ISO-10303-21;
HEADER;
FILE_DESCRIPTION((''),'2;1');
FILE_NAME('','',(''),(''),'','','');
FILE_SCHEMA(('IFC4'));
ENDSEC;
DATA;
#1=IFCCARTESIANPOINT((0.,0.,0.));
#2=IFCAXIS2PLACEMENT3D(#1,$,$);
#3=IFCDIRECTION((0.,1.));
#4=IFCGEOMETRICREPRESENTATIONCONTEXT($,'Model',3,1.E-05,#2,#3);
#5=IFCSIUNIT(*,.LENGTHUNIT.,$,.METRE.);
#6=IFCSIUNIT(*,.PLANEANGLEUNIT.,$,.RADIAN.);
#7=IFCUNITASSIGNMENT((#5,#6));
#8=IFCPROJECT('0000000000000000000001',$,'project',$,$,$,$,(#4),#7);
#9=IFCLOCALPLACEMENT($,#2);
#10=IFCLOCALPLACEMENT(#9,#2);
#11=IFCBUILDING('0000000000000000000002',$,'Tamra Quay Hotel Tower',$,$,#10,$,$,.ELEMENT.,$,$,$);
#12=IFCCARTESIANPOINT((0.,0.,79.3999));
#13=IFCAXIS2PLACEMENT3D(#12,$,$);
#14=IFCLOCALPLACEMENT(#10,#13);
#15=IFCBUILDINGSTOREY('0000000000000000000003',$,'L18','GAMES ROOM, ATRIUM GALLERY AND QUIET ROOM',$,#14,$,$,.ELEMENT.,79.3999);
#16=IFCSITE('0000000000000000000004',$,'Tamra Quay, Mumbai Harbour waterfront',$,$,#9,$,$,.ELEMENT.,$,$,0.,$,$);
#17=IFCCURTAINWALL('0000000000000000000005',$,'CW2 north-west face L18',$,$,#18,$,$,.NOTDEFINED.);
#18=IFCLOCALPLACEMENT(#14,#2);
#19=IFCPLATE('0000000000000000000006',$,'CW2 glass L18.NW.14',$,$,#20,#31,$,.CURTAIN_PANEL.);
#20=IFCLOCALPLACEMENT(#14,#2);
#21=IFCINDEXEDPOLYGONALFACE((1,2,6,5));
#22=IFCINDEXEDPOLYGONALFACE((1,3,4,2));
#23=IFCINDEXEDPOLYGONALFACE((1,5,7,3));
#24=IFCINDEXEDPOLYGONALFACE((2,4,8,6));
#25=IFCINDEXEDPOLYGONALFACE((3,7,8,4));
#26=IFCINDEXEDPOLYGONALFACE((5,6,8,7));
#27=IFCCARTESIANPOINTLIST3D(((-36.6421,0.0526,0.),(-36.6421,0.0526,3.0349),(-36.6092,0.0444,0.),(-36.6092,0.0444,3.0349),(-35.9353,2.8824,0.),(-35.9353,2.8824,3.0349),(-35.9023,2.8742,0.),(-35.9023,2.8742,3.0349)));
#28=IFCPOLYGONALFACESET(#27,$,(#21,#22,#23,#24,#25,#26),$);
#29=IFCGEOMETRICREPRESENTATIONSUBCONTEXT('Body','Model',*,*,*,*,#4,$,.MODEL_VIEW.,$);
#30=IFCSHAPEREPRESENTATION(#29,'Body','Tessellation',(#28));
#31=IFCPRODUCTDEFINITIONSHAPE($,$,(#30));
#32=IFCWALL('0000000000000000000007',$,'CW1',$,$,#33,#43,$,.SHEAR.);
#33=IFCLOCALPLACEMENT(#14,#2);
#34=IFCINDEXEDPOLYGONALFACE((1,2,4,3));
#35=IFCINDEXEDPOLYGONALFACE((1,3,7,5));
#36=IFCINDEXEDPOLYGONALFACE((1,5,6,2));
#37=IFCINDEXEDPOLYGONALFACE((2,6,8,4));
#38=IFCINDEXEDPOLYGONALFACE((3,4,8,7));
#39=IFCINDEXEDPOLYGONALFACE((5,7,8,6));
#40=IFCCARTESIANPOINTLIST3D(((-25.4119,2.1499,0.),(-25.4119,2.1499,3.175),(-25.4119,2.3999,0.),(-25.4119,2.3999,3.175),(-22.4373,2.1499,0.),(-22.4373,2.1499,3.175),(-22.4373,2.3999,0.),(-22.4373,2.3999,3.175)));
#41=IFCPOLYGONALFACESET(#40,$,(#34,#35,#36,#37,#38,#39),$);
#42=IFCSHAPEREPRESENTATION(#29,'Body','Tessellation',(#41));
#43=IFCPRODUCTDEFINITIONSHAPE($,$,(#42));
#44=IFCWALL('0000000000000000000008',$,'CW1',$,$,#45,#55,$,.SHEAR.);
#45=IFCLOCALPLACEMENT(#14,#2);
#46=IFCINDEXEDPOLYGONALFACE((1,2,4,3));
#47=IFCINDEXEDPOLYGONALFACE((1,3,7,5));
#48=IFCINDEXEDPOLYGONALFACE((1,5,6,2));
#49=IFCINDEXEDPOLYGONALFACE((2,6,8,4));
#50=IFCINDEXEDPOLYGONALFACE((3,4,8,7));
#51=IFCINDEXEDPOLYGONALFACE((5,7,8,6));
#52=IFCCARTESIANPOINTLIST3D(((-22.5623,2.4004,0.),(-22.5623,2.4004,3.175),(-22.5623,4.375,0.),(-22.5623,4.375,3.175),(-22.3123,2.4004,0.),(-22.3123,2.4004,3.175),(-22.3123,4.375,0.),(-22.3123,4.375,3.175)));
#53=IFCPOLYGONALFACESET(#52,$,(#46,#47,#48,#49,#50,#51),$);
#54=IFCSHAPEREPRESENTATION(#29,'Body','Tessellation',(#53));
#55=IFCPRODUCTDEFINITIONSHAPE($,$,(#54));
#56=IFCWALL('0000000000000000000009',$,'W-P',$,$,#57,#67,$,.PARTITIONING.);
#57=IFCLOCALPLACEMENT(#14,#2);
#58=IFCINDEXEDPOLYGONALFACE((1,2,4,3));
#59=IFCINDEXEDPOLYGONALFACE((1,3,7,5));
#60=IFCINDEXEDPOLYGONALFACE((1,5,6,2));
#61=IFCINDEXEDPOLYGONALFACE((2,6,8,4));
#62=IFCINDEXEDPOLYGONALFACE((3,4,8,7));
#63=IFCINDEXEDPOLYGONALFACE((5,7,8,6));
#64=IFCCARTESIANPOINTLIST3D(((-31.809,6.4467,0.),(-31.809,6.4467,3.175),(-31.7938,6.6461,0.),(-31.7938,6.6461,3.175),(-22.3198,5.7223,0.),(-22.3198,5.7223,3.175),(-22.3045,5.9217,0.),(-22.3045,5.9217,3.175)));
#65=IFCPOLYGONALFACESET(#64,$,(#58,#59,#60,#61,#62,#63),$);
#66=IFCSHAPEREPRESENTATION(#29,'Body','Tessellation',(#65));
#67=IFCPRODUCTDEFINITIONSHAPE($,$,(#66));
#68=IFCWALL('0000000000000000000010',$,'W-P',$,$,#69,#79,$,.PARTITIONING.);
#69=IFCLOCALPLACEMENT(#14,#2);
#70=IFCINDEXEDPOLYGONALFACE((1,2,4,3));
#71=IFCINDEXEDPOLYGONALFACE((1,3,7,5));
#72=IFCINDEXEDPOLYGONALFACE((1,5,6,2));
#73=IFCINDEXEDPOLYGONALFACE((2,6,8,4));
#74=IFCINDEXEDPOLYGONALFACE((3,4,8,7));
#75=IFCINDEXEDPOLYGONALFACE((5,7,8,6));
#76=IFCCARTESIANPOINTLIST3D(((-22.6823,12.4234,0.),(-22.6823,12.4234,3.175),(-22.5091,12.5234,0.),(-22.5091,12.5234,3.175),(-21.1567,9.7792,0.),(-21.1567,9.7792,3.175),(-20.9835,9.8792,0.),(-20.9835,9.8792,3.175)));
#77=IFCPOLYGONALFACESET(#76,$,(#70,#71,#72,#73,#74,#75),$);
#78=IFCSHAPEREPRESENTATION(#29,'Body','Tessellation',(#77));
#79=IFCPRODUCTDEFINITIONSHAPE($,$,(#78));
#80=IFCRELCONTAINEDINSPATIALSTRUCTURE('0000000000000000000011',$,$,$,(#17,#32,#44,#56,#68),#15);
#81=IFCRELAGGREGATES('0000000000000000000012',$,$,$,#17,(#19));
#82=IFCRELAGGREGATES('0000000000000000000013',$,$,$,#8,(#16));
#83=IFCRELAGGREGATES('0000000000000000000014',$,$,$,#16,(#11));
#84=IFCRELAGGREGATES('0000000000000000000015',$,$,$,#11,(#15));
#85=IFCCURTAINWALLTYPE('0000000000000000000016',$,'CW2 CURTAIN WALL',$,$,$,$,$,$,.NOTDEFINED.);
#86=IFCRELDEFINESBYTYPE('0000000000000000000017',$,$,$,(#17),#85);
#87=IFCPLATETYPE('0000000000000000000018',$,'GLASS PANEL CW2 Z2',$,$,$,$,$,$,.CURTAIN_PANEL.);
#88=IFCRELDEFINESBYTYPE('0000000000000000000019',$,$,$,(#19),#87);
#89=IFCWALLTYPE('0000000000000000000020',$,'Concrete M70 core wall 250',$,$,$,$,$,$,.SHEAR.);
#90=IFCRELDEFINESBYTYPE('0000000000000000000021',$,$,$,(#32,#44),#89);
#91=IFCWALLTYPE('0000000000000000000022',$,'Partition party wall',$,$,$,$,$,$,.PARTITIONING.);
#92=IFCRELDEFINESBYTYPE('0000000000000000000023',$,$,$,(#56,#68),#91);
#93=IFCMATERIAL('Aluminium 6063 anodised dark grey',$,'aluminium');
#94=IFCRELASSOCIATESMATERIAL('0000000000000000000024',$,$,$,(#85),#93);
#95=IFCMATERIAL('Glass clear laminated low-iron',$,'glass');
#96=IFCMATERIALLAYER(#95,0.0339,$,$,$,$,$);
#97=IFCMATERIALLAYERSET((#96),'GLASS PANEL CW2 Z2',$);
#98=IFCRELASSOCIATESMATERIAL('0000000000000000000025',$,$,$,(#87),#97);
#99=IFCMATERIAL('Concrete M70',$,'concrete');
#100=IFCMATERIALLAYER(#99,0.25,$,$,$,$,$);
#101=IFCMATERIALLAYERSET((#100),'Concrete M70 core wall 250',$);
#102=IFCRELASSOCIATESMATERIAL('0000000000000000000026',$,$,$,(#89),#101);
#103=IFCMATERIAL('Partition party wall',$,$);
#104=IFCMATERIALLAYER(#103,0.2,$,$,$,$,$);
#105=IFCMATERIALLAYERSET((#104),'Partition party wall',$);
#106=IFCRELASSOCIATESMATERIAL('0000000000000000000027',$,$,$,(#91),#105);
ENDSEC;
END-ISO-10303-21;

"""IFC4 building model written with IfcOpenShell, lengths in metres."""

from ifc_helpers import new_model, si_unit, direction, frame, frame_2d, origin, origin_2d, place, context, subcontext, project, spatial, rectangle, extrude, material, layer, layer_set, type_object, element, aggregate, save


model = new_model("IFC4")

# Units and contexts
model_context = context("Model", 3, precision=1e-05, world=origin(), true_north=direction((0.0, 1.0)))
body_context = subcontext(model_context, "Body", "Model", "MODEL_VIEW")
ifc_project = project(units=[si_unit("LENGTHUNIT", "METRE"), si_unit("PLANEANGLEUNIT", "RADIAN")], contexts=[model_context])

# Site, building, storey
site_placement = place(None, origin())
site = spatial("IfcSite", under=ifc_project, at=site_placement, Name="Tamra Quay, Mumbai Harbour waterfront", CompositionType="ELEMENT", RefElevation=0.0)
building_placement = place(site_placement, origin())
building = spatial("IfcBuilding", under=site, at=building_placement, Name="Tamra Quay Hotel Tower", CompositionType="ELEMENT")
storey_placement = place(building_placement, frame((0.0, 0.0, 79.3999)))
storey = spatial("IfcBuildingStorey", under=building, at=storey_placement, Name="L18", Description="GAMES ROOM, ATRIUM GALLERY AND QUIET ROOM", CompositionType="ELEMENT", Elevation=79.3999)

# Shared definitions
ifc_material_1 = material(Name="Concrete M70", Category="concrete")

# Curtain wall, plate
ifc_material_2 = material(Name="Aluminium 6063 anodised dark grey", Category="aluminium")
curtain_wall_type = type_object("IfcCurtainWallType", Name="CW2 CURTAIN WALL", PredefinedType="NOTDEFINED", material=ifc_material_2)
curtain_wall_placement = place(storey_placement, origin())
curtain_wall = element("IfcCurtainWall", 1, at=curtain_wall_placement, inside=storey, type_object=curtain_wall_type, Name="CW2 north-west face L18", PredefinedType="NOTDEFINED")
ifc_material_3 = material(Name="Glass clear laminated low-iron", Category="glass")
ifc_layer_1 = layer(ifc_material_3, 0.0339)
ifc_layer_set_1 = layer_set([ifc_layer_1], Name="GLASS PANEL CW2 Z2")
plate_type = type_object("IfcPlateType", Name="GLASS PANEL CW2 Z2", PredefinedType="CURTAIN_PANEL", material=ifc_layer_set_1)
plate_1_placement = place(storey_placement, frame((-36.2722, 1.4634, 0.0), z_axis=(0.0, 0.0, 1.0), x_axis=(-0.242339, -0.970192, 0.0)))
plate_1 = element("IfcPlate", 2, at=plate_1_placement, type_object=plate_type, Name="CW2 glass L18.NW.14", PredefinedType="CURTAIN_PANEL", context=body_context, shape_type="SweptSolid", body=[
    extrude(rectangle(XDim=2.9167, YDim=0.0339, at=origin_2d()), origin(), (0.0, 0.0, 1.0), 3.0349),
])
aggregate(curtain_wall, [plate_1])

# Walls
ifc_layer_2 = layer(ifc_material_1, 0.25)
ifc_layer_set_2 = layer_set([ifc_layer_2], Name="Concrete M70 core wall 250")
wall_type_1 = type_object("IfcWallType", Name="Concrete M70 core wall 250", PredefinedType="SHEAR", material=ifc_layer_set_2)
wall_1_placement = place(storey_placement, frame((-25.4119, 2.2749, 0.0), z_axis=(0.0, 0.0, 1.0), x_axis=(1.0, 0.0, 0.0)))
element("IfcWall", 3, at=wall_1_placement, inside=storey, type_object=wall_type_1, Name="CW1", PredefinedType="SHEAR", context=body_context, shape_type="SweptSolid", body=[
    extrude(rectangle(XDim=2.9746, YDim=0.25, at=frame_2d((1.4873, 0.0))), origin(), (0.0, 0.0, 1.0), 3.175),
])
wall_2_placement = place(storey_placement, frame((-22.4373, 2.4004, 0.0), z_axis=(0.0, 0.0, 1.0), x_axis=(0.0, 1.0, 0.0)))
element("IfcWall", 4, at=wall_2_placement, inside=storey, type_object=wall_type_1, Name="CW1", PredefinedType="SHEAR", context=body_context, shape_type="SweptSolid", body=[
    extrude(rectangle(XDim=1.9746, YDim=0.25, at=frame_2d((0.9873, 0.0))), origin(), (0.0, 0.0, 1.0), 3.175),
])
ifc_material_4 = material(Name="Partition party wall")
ifc_layer_3 = layer(ifc_material_4, 0.2)
ifc_layer_set_3 = layer_set([ifc_layer_3], Name="Partition party wall")
wall_type_2 = type_object("IfcWallType", Name="Partition party wall", PredefinedType="PARTITIONING", material=ifc_layer_set_3)
wall_3_placement = place(storey_placement, frame((-31.8013, 6.5464, 0.0), z_axis=(0.0, 0.0, 1.0), x_axis=(0.997099, -0.076114, 0.0)))
element("IfcWall", 5, at=wall_3_placement, inside=storey, type_object=wall_type_2, Name="W-P", PredefinedType="PARTITIONING", context=body_context, shape_type="SweptSolid", body=[
    extrude(rectangle(XDim=9.5168, YDim=0.2, at=frame_2d((4.7583, 0.0))), origin(), (0.0, 0.0, 1.0), 3.175),
])
wall_4_placement = place(storey_placement, frame((-22.5957, 12.4734, 0.0), z_axis=(0.0, 0.0, 1.0), x_axis=(0.499743, -0.866174, 0.0)))
element("IfcWall", 6, at=wall_4_placement, inside=storey, type_object=wall_type_2, Name="W-P", PredefinedType="PARTITIONING", context=body_context, shape_type="SweptSolid", body=[
    extrude(rectangle(XDim=3.0527, YDim=0.2, at=frame_2d((1.5264, 0.0))), origin(), (0.0, 0.0, 1.0), 3.175),
])

save(model, "model.ifc")
